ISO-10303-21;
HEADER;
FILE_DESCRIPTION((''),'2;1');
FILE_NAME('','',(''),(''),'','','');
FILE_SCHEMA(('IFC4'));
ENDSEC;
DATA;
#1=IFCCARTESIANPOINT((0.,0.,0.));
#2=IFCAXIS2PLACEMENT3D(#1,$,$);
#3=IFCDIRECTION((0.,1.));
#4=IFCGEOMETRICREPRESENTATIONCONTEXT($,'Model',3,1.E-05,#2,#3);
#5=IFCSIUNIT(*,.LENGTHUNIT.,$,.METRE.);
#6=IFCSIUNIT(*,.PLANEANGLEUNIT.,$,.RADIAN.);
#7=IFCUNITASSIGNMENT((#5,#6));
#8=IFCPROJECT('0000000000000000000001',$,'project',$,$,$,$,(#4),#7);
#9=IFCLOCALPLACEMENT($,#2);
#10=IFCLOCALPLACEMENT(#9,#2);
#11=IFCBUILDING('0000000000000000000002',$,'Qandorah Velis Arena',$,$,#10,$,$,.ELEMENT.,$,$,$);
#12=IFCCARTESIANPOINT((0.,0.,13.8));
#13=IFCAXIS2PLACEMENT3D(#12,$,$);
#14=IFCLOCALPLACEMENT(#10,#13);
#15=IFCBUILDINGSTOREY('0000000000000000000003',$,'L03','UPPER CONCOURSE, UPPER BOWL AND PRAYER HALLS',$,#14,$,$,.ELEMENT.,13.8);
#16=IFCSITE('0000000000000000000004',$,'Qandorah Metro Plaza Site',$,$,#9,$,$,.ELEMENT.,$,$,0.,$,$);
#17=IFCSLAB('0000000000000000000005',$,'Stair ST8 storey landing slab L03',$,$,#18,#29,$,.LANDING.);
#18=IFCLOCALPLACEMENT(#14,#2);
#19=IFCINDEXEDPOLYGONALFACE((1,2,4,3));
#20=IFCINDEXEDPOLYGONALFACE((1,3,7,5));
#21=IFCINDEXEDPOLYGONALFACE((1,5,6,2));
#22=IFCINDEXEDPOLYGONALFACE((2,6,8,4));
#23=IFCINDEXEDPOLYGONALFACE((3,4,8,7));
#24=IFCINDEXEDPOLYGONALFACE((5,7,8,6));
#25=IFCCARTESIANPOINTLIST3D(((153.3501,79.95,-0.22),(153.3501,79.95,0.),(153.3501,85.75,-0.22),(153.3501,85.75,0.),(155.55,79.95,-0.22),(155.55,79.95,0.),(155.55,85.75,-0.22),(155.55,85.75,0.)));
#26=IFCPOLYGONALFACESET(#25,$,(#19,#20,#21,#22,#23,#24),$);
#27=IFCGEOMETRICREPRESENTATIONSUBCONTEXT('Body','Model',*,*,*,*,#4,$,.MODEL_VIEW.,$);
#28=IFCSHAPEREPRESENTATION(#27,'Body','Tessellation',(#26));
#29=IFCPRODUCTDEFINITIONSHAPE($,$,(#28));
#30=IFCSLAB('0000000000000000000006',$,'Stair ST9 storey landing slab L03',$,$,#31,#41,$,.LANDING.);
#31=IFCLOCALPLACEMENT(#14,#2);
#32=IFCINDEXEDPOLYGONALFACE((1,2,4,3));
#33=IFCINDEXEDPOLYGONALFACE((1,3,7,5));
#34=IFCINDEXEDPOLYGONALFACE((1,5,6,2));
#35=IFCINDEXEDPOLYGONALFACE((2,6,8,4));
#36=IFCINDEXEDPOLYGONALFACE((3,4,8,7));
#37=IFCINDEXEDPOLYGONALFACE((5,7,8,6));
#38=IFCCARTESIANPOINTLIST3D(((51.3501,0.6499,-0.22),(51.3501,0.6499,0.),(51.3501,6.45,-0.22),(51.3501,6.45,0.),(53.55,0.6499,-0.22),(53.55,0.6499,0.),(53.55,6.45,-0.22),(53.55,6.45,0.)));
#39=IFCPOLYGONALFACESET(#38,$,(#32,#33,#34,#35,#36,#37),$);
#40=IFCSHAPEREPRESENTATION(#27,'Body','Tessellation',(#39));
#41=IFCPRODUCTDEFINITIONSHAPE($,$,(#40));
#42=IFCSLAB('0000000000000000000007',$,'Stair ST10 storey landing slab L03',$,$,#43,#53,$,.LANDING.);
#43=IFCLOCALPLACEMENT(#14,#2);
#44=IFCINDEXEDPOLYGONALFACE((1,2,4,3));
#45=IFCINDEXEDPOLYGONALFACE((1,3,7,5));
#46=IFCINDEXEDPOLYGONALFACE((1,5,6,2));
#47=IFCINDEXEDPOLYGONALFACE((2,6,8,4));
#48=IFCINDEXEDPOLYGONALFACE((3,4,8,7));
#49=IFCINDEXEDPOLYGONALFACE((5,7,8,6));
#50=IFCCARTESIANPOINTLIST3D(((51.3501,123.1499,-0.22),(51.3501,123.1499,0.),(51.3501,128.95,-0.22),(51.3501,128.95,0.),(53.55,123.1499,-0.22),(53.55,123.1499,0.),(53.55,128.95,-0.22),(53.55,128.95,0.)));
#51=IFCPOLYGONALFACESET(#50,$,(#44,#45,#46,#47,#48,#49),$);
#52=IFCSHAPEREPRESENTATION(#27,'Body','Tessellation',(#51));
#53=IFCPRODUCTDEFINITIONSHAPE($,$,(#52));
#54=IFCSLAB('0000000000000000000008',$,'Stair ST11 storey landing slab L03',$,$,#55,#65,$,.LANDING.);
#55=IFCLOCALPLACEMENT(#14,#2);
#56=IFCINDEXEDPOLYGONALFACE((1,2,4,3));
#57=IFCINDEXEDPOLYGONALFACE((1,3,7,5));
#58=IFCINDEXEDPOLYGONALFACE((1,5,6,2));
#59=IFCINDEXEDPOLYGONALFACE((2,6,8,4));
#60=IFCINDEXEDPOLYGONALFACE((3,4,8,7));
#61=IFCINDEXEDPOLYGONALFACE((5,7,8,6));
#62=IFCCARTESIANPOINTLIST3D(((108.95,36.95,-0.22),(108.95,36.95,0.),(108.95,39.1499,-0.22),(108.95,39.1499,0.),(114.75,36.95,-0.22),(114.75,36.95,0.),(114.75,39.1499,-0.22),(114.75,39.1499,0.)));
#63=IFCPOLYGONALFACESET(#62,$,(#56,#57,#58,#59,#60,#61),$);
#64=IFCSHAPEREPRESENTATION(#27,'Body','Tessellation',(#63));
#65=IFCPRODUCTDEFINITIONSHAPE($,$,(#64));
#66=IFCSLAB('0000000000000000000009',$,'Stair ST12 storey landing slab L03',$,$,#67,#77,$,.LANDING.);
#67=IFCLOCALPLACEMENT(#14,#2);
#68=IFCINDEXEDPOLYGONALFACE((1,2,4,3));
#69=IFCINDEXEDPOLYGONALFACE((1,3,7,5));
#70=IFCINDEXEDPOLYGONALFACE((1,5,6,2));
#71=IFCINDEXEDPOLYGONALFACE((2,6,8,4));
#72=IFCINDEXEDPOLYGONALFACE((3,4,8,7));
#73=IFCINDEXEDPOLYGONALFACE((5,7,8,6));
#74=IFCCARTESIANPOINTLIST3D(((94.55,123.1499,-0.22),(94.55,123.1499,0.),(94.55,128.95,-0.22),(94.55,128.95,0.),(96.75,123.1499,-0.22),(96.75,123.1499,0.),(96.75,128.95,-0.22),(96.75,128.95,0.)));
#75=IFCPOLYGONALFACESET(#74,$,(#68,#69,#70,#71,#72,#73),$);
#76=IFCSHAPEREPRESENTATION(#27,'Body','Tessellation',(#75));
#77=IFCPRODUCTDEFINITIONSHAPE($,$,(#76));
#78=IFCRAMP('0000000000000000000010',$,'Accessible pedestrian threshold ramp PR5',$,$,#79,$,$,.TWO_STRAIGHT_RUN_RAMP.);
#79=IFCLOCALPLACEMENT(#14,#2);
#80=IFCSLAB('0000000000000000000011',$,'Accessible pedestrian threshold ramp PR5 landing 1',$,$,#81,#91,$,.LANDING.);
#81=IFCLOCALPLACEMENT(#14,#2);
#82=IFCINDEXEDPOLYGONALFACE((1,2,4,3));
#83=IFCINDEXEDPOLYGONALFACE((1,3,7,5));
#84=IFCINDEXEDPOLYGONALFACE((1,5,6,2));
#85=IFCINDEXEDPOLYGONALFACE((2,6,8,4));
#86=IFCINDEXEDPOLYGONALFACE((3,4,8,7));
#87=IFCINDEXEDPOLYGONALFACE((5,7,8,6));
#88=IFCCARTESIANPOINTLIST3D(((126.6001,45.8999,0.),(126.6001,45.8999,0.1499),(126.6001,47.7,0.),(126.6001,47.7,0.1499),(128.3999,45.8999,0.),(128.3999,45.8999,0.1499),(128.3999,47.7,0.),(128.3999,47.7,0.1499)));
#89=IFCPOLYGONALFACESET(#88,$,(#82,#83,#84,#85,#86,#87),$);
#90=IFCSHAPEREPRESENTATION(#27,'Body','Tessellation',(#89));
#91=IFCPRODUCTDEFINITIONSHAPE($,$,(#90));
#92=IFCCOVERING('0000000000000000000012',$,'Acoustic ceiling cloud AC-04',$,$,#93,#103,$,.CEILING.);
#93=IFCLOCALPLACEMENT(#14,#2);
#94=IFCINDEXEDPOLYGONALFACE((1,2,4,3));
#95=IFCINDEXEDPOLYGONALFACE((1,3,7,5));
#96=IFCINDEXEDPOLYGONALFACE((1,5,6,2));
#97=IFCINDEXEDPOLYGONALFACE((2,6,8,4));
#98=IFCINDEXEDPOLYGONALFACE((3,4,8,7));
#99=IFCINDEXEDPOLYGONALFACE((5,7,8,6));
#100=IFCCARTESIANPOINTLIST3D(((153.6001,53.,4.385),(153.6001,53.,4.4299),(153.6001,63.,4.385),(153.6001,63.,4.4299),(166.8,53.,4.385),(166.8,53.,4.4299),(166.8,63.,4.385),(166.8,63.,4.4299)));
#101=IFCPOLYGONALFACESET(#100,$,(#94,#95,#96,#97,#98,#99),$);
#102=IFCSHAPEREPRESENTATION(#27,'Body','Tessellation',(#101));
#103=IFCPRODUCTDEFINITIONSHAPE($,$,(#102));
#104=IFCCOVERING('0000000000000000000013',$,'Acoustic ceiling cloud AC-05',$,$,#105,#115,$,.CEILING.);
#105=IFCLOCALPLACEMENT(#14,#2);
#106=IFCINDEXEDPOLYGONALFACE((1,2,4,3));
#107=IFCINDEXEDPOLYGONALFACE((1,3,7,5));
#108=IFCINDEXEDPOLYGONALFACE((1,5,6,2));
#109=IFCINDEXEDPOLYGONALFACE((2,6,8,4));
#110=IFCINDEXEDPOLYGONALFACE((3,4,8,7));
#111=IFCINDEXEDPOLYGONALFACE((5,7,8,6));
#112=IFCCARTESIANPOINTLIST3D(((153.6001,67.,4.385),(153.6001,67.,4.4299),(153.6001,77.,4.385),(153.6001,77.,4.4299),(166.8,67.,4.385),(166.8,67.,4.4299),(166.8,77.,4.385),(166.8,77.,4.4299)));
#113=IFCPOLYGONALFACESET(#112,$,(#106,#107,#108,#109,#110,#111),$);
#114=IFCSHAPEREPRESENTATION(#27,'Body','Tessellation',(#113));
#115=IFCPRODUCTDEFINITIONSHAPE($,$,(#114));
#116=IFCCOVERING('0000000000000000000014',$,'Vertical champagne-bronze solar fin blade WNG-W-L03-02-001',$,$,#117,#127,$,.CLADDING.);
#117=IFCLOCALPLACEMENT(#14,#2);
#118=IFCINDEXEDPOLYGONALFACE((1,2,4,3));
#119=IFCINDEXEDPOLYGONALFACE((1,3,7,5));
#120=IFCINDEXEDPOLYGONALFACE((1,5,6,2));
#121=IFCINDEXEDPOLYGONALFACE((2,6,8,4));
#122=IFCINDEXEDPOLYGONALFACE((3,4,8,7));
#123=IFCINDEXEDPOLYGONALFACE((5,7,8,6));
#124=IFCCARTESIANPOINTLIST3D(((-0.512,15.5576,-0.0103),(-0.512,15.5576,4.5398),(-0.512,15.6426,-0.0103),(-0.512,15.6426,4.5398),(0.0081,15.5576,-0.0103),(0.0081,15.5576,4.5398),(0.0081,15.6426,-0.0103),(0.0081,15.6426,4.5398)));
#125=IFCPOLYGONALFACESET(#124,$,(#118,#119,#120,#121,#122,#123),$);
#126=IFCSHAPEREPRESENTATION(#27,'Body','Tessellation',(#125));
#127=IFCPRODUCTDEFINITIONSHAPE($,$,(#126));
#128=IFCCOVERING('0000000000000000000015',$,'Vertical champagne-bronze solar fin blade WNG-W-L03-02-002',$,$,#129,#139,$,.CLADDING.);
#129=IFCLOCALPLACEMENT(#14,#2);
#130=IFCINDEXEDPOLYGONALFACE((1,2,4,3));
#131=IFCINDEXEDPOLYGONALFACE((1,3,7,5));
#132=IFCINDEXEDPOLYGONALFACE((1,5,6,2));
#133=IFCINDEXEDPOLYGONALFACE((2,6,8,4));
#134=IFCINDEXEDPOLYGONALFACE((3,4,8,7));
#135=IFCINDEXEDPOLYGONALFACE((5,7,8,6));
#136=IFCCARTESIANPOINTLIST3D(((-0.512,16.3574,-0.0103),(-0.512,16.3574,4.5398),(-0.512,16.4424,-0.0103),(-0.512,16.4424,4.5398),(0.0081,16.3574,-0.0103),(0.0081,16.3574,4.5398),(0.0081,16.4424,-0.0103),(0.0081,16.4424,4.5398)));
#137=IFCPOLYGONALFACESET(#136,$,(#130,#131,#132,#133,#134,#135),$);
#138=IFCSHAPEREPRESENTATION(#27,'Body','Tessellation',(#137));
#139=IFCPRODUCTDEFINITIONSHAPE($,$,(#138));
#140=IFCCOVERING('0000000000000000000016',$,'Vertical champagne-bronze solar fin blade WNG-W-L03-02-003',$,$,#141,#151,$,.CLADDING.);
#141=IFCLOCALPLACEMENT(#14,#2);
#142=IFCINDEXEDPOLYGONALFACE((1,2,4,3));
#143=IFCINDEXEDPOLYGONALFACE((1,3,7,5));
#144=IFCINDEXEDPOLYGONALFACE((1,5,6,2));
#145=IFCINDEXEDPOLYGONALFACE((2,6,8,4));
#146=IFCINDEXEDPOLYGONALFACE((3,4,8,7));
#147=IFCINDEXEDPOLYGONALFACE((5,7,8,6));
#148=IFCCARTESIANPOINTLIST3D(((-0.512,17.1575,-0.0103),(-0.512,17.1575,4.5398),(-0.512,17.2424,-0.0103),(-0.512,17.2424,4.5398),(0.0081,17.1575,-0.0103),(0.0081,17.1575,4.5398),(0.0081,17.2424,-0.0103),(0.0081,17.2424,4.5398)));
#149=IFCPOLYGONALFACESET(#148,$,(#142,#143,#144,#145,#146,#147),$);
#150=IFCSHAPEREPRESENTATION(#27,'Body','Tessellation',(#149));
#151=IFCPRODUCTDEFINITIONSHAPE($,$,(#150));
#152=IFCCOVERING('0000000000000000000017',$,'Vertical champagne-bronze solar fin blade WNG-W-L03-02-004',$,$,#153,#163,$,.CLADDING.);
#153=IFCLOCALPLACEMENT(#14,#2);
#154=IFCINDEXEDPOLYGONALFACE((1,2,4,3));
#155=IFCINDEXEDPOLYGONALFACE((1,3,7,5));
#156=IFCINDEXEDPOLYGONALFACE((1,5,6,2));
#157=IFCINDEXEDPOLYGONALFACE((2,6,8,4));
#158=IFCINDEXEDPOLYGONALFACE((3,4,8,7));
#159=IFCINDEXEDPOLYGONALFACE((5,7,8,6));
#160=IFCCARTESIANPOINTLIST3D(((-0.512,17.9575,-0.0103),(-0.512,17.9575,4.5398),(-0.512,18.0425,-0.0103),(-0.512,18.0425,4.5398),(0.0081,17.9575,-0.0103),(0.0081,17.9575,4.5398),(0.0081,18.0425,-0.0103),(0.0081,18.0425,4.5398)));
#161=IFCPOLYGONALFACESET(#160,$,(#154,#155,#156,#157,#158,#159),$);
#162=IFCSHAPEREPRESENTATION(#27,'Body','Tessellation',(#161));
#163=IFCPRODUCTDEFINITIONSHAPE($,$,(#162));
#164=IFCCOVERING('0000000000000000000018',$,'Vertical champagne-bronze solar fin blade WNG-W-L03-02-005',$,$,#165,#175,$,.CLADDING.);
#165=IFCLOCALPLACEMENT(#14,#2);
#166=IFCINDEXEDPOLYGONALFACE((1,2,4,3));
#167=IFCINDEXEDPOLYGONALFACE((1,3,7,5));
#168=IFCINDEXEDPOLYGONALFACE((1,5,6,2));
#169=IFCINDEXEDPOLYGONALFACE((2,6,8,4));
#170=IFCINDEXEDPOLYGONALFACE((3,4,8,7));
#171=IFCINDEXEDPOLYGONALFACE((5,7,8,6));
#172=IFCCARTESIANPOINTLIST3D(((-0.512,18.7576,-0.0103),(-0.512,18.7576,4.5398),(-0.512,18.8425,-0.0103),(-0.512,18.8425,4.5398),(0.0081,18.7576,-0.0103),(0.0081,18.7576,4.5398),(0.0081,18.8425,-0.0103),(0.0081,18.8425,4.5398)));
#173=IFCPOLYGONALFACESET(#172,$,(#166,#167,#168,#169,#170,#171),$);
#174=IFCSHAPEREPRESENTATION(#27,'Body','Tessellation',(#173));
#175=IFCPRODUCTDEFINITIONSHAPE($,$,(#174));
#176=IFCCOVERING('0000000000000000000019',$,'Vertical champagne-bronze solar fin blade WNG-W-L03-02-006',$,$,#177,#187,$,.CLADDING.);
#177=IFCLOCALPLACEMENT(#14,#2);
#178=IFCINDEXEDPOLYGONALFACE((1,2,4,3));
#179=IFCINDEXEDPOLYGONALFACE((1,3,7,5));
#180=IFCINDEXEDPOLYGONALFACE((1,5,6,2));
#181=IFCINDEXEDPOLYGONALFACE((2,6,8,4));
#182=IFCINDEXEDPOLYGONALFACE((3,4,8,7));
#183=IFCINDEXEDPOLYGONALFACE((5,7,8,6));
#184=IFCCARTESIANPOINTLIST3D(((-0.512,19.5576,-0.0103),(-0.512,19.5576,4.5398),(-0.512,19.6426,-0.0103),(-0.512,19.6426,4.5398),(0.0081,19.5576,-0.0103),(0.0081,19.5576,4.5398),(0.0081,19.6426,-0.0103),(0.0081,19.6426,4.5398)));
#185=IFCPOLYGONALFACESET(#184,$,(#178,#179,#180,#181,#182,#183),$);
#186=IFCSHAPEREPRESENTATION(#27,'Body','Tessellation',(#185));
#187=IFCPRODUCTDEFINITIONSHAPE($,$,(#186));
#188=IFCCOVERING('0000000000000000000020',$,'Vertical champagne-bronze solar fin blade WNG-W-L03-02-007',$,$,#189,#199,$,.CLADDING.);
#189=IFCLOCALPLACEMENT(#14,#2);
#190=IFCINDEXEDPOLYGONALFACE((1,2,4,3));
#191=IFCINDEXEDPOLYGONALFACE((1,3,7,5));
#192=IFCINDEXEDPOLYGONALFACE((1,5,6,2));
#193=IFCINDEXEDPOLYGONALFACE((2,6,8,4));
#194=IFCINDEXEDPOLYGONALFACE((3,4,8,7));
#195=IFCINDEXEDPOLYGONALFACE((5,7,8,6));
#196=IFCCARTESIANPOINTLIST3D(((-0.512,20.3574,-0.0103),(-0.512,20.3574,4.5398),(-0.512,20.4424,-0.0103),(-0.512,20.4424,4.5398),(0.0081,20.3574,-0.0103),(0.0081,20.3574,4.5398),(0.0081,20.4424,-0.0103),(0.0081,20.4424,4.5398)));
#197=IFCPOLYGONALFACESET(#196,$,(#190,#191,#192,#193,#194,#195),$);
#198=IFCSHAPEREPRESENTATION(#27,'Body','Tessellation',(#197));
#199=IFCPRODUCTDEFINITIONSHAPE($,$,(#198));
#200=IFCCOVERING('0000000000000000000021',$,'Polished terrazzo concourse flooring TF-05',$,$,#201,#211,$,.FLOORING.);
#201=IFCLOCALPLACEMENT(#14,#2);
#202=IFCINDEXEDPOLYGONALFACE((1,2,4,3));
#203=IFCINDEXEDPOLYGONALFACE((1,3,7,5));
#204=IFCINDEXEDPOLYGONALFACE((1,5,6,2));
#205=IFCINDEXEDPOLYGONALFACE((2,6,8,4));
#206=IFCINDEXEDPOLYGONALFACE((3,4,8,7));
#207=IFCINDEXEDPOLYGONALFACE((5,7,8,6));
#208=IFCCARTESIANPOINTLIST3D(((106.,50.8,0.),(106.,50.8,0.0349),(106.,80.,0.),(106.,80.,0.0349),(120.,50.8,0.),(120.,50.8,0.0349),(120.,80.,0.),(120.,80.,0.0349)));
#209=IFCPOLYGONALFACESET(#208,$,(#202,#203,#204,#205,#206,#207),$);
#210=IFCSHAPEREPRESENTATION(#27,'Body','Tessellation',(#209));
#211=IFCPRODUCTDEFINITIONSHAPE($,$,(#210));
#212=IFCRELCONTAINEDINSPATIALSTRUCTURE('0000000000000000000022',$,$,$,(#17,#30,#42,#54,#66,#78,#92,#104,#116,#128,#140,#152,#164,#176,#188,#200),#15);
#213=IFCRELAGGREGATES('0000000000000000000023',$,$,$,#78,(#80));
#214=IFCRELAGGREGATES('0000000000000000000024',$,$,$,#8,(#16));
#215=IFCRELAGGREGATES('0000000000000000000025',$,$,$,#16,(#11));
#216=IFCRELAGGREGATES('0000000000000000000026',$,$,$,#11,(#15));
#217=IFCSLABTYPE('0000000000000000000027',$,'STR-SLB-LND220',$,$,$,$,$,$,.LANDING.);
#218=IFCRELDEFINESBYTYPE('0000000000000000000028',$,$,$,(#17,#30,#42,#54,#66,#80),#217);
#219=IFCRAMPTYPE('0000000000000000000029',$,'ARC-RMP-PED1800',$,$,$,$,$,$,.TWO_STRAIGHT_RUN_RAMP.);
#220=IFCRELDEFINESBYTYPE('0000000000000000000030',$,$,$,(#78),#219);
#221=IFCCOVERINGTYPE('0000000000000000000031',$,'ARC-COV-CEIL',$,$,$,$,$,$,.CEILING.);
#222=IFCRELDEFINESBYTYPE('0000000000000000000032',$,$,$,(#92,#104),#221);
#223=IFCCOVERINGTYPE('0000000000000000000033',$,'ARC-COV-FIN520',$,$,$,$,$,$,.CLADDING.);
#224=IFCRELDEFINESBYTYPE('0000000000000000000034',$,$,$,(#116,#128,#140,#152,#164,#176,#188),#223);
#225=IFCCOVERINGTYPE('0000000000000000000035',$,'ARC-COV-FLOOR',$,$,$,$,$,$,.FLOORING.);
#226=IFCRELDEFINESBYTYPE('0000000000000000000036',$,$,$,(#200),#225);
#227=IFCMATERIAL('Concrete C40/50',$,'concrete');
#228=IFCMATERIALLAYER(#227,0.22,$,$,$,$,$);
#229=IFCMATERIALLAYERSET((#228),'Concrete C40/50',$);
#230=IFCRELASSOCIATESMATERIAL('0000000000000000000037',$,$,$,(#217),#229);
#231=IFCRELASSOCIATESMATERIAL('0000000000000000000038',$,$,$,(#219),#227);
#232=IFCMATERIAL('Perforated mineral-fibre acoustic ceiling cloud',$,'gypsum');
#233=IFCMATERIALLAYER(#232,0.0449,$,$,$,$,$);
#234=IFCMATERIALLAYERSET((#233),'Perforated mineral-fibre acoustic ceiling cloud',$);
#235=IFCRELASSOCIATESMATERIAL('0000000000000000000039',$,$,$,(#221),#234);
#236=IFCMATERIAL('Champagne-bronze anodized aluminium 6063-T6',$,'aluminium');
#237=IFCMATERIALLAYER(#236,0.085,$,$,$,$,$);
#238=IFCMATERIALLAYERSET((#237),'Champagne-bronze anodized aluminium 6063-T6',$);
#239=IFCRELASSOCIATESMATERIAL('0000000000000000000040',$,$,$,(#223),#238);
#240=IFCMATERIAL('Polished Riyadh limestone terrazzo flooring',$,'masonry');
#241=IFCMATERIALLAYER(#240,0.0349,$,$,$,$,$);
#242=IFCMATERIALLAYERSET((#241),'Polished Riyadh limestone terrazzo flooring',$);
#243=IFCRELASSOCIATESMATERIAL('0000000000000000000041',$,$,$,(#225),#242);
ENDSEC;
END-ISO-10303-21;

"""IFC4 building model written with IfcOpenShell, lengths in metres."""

from ifc_helpers import new_model, si_unit, direction, frame, origin, origin_2d, place, context, subcontext, project, spatial, polyline, rectangle, outline, extrude, material, layer, layer_set, type_object, element, aggregate, save


model = new_model("IFC4")

# Units and contexts
model_context = context("Model", 3, precision=1e-05, world=origin(), true_north=direction((0.0, 1.0)))
body_context = subcontext(model_context, "Body", "Model", "MODEL_VIEW")
ifc_project = project(units=[si_unit("LENGTHUNIT", "METRE"), si_unit("PLANEANGLEUNIT", "RADIAN")], contexts=[model_context])

# Site, building, storey
site_placement = place(None, origin())
site = spatial("IfcSite", under=ifc_project, at=site_placement, Name="Qandorah Metro Plaza Site", CompositionType="ELEMENT", RefElevation=0.0)
building_placement = place(site_placement, origin())
building = spatial("IfcBuilding", under=site, at=building_placement, Name="Qandorah Velis Arena", CompositionType="ELEMENT")
storey_placement = place(building_placement, frame((0.0, 0.0, 13.8)))
storey = spatial("IfcBuildingStorey", under=building, at=storey_placement, Name="L03", Description="UPPER CONCOURSE, UPPER BOWL AND PRAYER HALLS", CompositionType="ELEMENT", Elevation=13.8)

# Shared definitions
ifc_material_1 = material(Name="Concrete C40/50", Category="concrete")
ifc_layer_1 = layer(ifc_material_1, 0.22)
ifc_layer_set_1 = layer_set([ifc_layer_1], Name="Concrete C40/50")
slab_type_1 = type_object("IfcSlabType", Name="STR-SLB-LND220", PredefinedType="LANDING", material=ifc_layer_set_1)

# Slabs
slab_1_placement = place(storey_placement, frame((0.0, 0.0, -0.22)))
element("IfcSlab", 1, at=slab_1_placement, inside=storey, type_object=slab_type_1, Name="Stair ST8 storey landing slab L03", PredefinedType="LANDING", context=body_context, shape_type="SweptSolid", body=[
    extrude(outline(polyline([(153.3501, 79.95), (155.55, 79.95), (155.55, 85.75), (153.3501, 85.75), (153.3501, 79.95)])), origin(), (0.0, 0.0, 1.0), 0.22),
])
slab_2_placement = place(storey_placement, frame((0.0, 0.0, -0.22)))
element("IfcSlab", 2, at=slab_2_placement, inside=storey, type_object=slab_type_1, Name="Stair ST9 storey landing slab L03", PredefinedType="LANDING", context=body_context, shape_type="SweptSolid", body=[
    extrude(outline(polyline([(51.3501, 0.6499), (53.55, 0.6499), (53.55, 6.45), (51.3501, 6.45), (51.3501, 0.6499)])), origin(), (0.0, 0.0, 1.0), 0.22),
])
slab_3_placement = place(storey_placement, frame((0.0, 0.0, -0.22)))
element("IfcSlab", 3, at=slab_3_placement, inside=storey, type_object=slab_type_1, Name="Stair ST10 storey landing slab L03", PredefinedType="LANDING", context=body_context, shape_type="SweptSolid", body=[
    extrude(outline(polyline([(51.3501, 123.1499), (53.55, 123.1499), (53.55, 128.95), (51.3501, 128.95), (51.3501, 123.1499)])), origin(), (0.0, 0.0, 1.0), 0.22),
])
slab_4_placement = place(storey_placement, frame((0.0, 0.0, -0.22)))
element("IfcSlab", 4, at=slab_4_placement, inside=storey, type_object=slab_type_1, Name="Stair ST11 storey landing slab L03", PredefinedType="LANDING", context=body_context, shape_type="SweptSolid", body=[
    extrude(outline(polyline([(108.95, 36.95), (114.75, 36.95), (114.75, 39.1499), (108.95, 39.1499), (108.95, 36.95)])), origin(), (0.0, 0.0, 1.0), 0.22),
])
slab_5_placement = place(storey_placement, frame((0.0, 0.0, -0.22)))
element("IfcSlab", 5, at=slab_5_placement, inside=storey, type_object=slab_type_1, Name="Stair ST12 storey landing slab L03", PredefinedType="LANDING", context=body_context, shape_type="SweptSolid", body=[
    extrude(outline(polyline([(94.55, 123.1499), (96.75, 123.1499), (96.75, 128.95), (94.55, 128.95), (94.55, 123.1499)])), origin(), (0.0, 0.0, 1.0), 0.22),
])

# Ramp, slab
ramp_type = type_object("IfcRampType", Name="ARC-RMP-PED1800", PredefinedType="TWO_STRAIGHT_RUN_RAMP", material=ifc_material_1)
ramp_placement = place(storey_placement, origin())
ramp = element("IfcRamp", 6, at=ramp_placement, inside=storey, type_object=ramp_type, Name="Accessible pedestrian threshold ramp PR5", PredefinedType="TWO_STRAIGHT_RUN_RAMP")
slab_6_placement = place(storey_placement, origin())
slab_6 = element("IfcSlab", 7, at=slab_6_placement, type_object=slab_type_1, Name="Accessible pedestrian threshold ramp PR5 landing 1", PredefinedType="LANDING", context=body_context, shape_type="SweptSolid", body=[
    extrude(outline(polyline([(126.6001, 45.8999), (128.3999, 45.8999), (128.3999, 47.7), (126.6001, 47.7), (126.6001, 45.8999)])), origin(), (0.0, 0.0, 1.0), 0.1499),
])
aggregate(ramp, [slab_6])

# Coverings
ifc_material_2 = material(Name="Perforated mineral-fibre acoustic ceiling cloud", Category="gypsum")
ifc_layer_2 = layer(ifc_material_2, 0.0449)
ifc_layer_set_2 = layer_set([ifc_layer_2], Name="Perforated mineral-fibre acoustic ceiling cloud")
covering_type_1 = type_object("IfcCoveringType", Name="ARC-COV-CEIL", PredefinedType="CEILING", material=ifc_layer_set_2)
covering_1_placement = place(storey_placement, frame((0.0, 0.0, 4.385)))
element("IfcCovering", 8, at=covering_1_placement, inside=storey, type_object=covering_type_1, Name="Acoustic ceiling cloud AC-04", PredefinedType="CEILING", context=body_context, shape_type="SweptSolid", body=[
    extrude(outline(polyline([(153.6001, 53.0), (166.8, 53.0), (166.8, 63.0), (153.6001, 63.0), (153.6001, 53.0)])), origin(), (0.0, 0.0, 1.0), 0.0449),
])
covering_2_placement = place(storey_placement, frame((0.0, 0.0, 4.385)))
element("IfcCovering", 9, at=covering_2_placement, inside=storey, type_object=covering_type_1, Name="Acoustic ceiling cloud AC-05", PredefinedType="CEILING", context=body_context, shape_type="SweptSolid", body=[
    extrude(outline(polyline([(153.6001, 67.0), (166.8, 67.0), (166.8, 77.0), (153.6001, 77.0), (153.6001, 67.0)])), origin(), (0.0, 0.0, 1.0), 0.0449),
])
ifc_material_3 = material(Name="Champagne-bronze anodized aluminium 6063-T6", Category="aluminium")
ifc_layer_3 = layer(ifc_material_3, 0.085)
ifc_layer_set_3 = layer_set([ifc_layer_3], Name="Champagne-bronze anodized aluminium 6063-T6")
covering_type_2 = type_object("IfcCoveringType", Name="ARC-COV-FIN520", PredefinedType="CLADDING", material=ifc_layer_set_3)
for number, where, z_axis, x_axis, name in (
    (10, (-0.252, 15.6001, -0.0103), (0.0, 0.0, 1.0), (1.0, 0.0, 0.0), "Vertical champagne-bronze solar fin blade WNG-W-L03-02-001"),
    (11, (-0.252, 16.3999, -0.0103), (0.0, 0.0, 1.0), (1.0, 0.0, 0.0), "Vertical champagne-bronze solar fin blade WNG-W-L03-02-002"),
    (12, (-0.252, 17.2, -0.0103), (0.0, 0.0, 1.0), (1.0, 0.0, 0.0), "Vertical champagne-bronze solar fin blade WNG-W-L03-02-003"),
    (13, (-0.252, 18.0, -0.0103), (0.0, 0.0, 1.0), (1.0, 0.0, 0.0), "Vertical champagne-bronze solar fin blade WNG-W-L03-02-004"),
    (14, (-0.252, 18.8, -0.0103), (0.0, 0.0, 1.0), (1.0, 0.0, 0.0), "Vertical champagne-bronze solar fin blade WNG-W-L03-02-005"),
    (15, (-0.252, 19.6001, -0.0103), (0.0, 0.0, 1.0), (1.0, 0.0, 0.0), "Vertical champagne-bronze solar fin blade WNG-W-L03-02-006"),
    (16, (-0.252, 20.3999, -0.0103), (0.0, 0.0, 1.0), (1.0, 0.0, 0.0), "Vertical champagne-bronze solar fin blade WNG-W-L03-02-007"),
):
    element("IfcCovering", number, at=place(storey_placement, frame(where, z_axis=z_axis, x_axis=x_axis)), inside=storey, type_object=covering_type_2, Name=name, PredefinedType="CLADDING", context=body_context, shape_type="SweptSolid", body=[
        extrude(rectangle(XDim=0.52, YDim=0.085, at=origin_2d()), origin(), (0.0, 0.0, 1.0), 4.55),
    ])
ifc_material_4 = material(Name="Polished Riyadh limestone terrazzo flooring", Category="masonry")
ifc_layer_4 = layer(ifc_material_4, 0.0349)
ifc_layer_set_4 = layer_set([ifc_layer_4], Name="Polished Riyadh limestone terrazzo flooring")
covering_type_3 = type_object("IfcCoveringType", Name="ARC-COV-FLOOR", PredefinedType="FLOORING", material=ifc_layer_set_4)
covering_3_placement = place(storey_placement, origin())
element("IfcCovering", 17, at=covering_3_placement, inside=storey, type_object=covering_type_3, Name="Polished terrazzo concourse flooring TF-05", PredefinedType="FLOORING", context=body_context, shape_type="SweptSolid", body=[
    extrude(outline(polyline([(106.0, 50.8), (120.0, 50.8), (120.0, 80.0), (106.0, 80.0), (106.0, 50.8)])), origin(), (0.0, 0.0, 1.0), 0.0349),
])

save(model, "model.ifc")
